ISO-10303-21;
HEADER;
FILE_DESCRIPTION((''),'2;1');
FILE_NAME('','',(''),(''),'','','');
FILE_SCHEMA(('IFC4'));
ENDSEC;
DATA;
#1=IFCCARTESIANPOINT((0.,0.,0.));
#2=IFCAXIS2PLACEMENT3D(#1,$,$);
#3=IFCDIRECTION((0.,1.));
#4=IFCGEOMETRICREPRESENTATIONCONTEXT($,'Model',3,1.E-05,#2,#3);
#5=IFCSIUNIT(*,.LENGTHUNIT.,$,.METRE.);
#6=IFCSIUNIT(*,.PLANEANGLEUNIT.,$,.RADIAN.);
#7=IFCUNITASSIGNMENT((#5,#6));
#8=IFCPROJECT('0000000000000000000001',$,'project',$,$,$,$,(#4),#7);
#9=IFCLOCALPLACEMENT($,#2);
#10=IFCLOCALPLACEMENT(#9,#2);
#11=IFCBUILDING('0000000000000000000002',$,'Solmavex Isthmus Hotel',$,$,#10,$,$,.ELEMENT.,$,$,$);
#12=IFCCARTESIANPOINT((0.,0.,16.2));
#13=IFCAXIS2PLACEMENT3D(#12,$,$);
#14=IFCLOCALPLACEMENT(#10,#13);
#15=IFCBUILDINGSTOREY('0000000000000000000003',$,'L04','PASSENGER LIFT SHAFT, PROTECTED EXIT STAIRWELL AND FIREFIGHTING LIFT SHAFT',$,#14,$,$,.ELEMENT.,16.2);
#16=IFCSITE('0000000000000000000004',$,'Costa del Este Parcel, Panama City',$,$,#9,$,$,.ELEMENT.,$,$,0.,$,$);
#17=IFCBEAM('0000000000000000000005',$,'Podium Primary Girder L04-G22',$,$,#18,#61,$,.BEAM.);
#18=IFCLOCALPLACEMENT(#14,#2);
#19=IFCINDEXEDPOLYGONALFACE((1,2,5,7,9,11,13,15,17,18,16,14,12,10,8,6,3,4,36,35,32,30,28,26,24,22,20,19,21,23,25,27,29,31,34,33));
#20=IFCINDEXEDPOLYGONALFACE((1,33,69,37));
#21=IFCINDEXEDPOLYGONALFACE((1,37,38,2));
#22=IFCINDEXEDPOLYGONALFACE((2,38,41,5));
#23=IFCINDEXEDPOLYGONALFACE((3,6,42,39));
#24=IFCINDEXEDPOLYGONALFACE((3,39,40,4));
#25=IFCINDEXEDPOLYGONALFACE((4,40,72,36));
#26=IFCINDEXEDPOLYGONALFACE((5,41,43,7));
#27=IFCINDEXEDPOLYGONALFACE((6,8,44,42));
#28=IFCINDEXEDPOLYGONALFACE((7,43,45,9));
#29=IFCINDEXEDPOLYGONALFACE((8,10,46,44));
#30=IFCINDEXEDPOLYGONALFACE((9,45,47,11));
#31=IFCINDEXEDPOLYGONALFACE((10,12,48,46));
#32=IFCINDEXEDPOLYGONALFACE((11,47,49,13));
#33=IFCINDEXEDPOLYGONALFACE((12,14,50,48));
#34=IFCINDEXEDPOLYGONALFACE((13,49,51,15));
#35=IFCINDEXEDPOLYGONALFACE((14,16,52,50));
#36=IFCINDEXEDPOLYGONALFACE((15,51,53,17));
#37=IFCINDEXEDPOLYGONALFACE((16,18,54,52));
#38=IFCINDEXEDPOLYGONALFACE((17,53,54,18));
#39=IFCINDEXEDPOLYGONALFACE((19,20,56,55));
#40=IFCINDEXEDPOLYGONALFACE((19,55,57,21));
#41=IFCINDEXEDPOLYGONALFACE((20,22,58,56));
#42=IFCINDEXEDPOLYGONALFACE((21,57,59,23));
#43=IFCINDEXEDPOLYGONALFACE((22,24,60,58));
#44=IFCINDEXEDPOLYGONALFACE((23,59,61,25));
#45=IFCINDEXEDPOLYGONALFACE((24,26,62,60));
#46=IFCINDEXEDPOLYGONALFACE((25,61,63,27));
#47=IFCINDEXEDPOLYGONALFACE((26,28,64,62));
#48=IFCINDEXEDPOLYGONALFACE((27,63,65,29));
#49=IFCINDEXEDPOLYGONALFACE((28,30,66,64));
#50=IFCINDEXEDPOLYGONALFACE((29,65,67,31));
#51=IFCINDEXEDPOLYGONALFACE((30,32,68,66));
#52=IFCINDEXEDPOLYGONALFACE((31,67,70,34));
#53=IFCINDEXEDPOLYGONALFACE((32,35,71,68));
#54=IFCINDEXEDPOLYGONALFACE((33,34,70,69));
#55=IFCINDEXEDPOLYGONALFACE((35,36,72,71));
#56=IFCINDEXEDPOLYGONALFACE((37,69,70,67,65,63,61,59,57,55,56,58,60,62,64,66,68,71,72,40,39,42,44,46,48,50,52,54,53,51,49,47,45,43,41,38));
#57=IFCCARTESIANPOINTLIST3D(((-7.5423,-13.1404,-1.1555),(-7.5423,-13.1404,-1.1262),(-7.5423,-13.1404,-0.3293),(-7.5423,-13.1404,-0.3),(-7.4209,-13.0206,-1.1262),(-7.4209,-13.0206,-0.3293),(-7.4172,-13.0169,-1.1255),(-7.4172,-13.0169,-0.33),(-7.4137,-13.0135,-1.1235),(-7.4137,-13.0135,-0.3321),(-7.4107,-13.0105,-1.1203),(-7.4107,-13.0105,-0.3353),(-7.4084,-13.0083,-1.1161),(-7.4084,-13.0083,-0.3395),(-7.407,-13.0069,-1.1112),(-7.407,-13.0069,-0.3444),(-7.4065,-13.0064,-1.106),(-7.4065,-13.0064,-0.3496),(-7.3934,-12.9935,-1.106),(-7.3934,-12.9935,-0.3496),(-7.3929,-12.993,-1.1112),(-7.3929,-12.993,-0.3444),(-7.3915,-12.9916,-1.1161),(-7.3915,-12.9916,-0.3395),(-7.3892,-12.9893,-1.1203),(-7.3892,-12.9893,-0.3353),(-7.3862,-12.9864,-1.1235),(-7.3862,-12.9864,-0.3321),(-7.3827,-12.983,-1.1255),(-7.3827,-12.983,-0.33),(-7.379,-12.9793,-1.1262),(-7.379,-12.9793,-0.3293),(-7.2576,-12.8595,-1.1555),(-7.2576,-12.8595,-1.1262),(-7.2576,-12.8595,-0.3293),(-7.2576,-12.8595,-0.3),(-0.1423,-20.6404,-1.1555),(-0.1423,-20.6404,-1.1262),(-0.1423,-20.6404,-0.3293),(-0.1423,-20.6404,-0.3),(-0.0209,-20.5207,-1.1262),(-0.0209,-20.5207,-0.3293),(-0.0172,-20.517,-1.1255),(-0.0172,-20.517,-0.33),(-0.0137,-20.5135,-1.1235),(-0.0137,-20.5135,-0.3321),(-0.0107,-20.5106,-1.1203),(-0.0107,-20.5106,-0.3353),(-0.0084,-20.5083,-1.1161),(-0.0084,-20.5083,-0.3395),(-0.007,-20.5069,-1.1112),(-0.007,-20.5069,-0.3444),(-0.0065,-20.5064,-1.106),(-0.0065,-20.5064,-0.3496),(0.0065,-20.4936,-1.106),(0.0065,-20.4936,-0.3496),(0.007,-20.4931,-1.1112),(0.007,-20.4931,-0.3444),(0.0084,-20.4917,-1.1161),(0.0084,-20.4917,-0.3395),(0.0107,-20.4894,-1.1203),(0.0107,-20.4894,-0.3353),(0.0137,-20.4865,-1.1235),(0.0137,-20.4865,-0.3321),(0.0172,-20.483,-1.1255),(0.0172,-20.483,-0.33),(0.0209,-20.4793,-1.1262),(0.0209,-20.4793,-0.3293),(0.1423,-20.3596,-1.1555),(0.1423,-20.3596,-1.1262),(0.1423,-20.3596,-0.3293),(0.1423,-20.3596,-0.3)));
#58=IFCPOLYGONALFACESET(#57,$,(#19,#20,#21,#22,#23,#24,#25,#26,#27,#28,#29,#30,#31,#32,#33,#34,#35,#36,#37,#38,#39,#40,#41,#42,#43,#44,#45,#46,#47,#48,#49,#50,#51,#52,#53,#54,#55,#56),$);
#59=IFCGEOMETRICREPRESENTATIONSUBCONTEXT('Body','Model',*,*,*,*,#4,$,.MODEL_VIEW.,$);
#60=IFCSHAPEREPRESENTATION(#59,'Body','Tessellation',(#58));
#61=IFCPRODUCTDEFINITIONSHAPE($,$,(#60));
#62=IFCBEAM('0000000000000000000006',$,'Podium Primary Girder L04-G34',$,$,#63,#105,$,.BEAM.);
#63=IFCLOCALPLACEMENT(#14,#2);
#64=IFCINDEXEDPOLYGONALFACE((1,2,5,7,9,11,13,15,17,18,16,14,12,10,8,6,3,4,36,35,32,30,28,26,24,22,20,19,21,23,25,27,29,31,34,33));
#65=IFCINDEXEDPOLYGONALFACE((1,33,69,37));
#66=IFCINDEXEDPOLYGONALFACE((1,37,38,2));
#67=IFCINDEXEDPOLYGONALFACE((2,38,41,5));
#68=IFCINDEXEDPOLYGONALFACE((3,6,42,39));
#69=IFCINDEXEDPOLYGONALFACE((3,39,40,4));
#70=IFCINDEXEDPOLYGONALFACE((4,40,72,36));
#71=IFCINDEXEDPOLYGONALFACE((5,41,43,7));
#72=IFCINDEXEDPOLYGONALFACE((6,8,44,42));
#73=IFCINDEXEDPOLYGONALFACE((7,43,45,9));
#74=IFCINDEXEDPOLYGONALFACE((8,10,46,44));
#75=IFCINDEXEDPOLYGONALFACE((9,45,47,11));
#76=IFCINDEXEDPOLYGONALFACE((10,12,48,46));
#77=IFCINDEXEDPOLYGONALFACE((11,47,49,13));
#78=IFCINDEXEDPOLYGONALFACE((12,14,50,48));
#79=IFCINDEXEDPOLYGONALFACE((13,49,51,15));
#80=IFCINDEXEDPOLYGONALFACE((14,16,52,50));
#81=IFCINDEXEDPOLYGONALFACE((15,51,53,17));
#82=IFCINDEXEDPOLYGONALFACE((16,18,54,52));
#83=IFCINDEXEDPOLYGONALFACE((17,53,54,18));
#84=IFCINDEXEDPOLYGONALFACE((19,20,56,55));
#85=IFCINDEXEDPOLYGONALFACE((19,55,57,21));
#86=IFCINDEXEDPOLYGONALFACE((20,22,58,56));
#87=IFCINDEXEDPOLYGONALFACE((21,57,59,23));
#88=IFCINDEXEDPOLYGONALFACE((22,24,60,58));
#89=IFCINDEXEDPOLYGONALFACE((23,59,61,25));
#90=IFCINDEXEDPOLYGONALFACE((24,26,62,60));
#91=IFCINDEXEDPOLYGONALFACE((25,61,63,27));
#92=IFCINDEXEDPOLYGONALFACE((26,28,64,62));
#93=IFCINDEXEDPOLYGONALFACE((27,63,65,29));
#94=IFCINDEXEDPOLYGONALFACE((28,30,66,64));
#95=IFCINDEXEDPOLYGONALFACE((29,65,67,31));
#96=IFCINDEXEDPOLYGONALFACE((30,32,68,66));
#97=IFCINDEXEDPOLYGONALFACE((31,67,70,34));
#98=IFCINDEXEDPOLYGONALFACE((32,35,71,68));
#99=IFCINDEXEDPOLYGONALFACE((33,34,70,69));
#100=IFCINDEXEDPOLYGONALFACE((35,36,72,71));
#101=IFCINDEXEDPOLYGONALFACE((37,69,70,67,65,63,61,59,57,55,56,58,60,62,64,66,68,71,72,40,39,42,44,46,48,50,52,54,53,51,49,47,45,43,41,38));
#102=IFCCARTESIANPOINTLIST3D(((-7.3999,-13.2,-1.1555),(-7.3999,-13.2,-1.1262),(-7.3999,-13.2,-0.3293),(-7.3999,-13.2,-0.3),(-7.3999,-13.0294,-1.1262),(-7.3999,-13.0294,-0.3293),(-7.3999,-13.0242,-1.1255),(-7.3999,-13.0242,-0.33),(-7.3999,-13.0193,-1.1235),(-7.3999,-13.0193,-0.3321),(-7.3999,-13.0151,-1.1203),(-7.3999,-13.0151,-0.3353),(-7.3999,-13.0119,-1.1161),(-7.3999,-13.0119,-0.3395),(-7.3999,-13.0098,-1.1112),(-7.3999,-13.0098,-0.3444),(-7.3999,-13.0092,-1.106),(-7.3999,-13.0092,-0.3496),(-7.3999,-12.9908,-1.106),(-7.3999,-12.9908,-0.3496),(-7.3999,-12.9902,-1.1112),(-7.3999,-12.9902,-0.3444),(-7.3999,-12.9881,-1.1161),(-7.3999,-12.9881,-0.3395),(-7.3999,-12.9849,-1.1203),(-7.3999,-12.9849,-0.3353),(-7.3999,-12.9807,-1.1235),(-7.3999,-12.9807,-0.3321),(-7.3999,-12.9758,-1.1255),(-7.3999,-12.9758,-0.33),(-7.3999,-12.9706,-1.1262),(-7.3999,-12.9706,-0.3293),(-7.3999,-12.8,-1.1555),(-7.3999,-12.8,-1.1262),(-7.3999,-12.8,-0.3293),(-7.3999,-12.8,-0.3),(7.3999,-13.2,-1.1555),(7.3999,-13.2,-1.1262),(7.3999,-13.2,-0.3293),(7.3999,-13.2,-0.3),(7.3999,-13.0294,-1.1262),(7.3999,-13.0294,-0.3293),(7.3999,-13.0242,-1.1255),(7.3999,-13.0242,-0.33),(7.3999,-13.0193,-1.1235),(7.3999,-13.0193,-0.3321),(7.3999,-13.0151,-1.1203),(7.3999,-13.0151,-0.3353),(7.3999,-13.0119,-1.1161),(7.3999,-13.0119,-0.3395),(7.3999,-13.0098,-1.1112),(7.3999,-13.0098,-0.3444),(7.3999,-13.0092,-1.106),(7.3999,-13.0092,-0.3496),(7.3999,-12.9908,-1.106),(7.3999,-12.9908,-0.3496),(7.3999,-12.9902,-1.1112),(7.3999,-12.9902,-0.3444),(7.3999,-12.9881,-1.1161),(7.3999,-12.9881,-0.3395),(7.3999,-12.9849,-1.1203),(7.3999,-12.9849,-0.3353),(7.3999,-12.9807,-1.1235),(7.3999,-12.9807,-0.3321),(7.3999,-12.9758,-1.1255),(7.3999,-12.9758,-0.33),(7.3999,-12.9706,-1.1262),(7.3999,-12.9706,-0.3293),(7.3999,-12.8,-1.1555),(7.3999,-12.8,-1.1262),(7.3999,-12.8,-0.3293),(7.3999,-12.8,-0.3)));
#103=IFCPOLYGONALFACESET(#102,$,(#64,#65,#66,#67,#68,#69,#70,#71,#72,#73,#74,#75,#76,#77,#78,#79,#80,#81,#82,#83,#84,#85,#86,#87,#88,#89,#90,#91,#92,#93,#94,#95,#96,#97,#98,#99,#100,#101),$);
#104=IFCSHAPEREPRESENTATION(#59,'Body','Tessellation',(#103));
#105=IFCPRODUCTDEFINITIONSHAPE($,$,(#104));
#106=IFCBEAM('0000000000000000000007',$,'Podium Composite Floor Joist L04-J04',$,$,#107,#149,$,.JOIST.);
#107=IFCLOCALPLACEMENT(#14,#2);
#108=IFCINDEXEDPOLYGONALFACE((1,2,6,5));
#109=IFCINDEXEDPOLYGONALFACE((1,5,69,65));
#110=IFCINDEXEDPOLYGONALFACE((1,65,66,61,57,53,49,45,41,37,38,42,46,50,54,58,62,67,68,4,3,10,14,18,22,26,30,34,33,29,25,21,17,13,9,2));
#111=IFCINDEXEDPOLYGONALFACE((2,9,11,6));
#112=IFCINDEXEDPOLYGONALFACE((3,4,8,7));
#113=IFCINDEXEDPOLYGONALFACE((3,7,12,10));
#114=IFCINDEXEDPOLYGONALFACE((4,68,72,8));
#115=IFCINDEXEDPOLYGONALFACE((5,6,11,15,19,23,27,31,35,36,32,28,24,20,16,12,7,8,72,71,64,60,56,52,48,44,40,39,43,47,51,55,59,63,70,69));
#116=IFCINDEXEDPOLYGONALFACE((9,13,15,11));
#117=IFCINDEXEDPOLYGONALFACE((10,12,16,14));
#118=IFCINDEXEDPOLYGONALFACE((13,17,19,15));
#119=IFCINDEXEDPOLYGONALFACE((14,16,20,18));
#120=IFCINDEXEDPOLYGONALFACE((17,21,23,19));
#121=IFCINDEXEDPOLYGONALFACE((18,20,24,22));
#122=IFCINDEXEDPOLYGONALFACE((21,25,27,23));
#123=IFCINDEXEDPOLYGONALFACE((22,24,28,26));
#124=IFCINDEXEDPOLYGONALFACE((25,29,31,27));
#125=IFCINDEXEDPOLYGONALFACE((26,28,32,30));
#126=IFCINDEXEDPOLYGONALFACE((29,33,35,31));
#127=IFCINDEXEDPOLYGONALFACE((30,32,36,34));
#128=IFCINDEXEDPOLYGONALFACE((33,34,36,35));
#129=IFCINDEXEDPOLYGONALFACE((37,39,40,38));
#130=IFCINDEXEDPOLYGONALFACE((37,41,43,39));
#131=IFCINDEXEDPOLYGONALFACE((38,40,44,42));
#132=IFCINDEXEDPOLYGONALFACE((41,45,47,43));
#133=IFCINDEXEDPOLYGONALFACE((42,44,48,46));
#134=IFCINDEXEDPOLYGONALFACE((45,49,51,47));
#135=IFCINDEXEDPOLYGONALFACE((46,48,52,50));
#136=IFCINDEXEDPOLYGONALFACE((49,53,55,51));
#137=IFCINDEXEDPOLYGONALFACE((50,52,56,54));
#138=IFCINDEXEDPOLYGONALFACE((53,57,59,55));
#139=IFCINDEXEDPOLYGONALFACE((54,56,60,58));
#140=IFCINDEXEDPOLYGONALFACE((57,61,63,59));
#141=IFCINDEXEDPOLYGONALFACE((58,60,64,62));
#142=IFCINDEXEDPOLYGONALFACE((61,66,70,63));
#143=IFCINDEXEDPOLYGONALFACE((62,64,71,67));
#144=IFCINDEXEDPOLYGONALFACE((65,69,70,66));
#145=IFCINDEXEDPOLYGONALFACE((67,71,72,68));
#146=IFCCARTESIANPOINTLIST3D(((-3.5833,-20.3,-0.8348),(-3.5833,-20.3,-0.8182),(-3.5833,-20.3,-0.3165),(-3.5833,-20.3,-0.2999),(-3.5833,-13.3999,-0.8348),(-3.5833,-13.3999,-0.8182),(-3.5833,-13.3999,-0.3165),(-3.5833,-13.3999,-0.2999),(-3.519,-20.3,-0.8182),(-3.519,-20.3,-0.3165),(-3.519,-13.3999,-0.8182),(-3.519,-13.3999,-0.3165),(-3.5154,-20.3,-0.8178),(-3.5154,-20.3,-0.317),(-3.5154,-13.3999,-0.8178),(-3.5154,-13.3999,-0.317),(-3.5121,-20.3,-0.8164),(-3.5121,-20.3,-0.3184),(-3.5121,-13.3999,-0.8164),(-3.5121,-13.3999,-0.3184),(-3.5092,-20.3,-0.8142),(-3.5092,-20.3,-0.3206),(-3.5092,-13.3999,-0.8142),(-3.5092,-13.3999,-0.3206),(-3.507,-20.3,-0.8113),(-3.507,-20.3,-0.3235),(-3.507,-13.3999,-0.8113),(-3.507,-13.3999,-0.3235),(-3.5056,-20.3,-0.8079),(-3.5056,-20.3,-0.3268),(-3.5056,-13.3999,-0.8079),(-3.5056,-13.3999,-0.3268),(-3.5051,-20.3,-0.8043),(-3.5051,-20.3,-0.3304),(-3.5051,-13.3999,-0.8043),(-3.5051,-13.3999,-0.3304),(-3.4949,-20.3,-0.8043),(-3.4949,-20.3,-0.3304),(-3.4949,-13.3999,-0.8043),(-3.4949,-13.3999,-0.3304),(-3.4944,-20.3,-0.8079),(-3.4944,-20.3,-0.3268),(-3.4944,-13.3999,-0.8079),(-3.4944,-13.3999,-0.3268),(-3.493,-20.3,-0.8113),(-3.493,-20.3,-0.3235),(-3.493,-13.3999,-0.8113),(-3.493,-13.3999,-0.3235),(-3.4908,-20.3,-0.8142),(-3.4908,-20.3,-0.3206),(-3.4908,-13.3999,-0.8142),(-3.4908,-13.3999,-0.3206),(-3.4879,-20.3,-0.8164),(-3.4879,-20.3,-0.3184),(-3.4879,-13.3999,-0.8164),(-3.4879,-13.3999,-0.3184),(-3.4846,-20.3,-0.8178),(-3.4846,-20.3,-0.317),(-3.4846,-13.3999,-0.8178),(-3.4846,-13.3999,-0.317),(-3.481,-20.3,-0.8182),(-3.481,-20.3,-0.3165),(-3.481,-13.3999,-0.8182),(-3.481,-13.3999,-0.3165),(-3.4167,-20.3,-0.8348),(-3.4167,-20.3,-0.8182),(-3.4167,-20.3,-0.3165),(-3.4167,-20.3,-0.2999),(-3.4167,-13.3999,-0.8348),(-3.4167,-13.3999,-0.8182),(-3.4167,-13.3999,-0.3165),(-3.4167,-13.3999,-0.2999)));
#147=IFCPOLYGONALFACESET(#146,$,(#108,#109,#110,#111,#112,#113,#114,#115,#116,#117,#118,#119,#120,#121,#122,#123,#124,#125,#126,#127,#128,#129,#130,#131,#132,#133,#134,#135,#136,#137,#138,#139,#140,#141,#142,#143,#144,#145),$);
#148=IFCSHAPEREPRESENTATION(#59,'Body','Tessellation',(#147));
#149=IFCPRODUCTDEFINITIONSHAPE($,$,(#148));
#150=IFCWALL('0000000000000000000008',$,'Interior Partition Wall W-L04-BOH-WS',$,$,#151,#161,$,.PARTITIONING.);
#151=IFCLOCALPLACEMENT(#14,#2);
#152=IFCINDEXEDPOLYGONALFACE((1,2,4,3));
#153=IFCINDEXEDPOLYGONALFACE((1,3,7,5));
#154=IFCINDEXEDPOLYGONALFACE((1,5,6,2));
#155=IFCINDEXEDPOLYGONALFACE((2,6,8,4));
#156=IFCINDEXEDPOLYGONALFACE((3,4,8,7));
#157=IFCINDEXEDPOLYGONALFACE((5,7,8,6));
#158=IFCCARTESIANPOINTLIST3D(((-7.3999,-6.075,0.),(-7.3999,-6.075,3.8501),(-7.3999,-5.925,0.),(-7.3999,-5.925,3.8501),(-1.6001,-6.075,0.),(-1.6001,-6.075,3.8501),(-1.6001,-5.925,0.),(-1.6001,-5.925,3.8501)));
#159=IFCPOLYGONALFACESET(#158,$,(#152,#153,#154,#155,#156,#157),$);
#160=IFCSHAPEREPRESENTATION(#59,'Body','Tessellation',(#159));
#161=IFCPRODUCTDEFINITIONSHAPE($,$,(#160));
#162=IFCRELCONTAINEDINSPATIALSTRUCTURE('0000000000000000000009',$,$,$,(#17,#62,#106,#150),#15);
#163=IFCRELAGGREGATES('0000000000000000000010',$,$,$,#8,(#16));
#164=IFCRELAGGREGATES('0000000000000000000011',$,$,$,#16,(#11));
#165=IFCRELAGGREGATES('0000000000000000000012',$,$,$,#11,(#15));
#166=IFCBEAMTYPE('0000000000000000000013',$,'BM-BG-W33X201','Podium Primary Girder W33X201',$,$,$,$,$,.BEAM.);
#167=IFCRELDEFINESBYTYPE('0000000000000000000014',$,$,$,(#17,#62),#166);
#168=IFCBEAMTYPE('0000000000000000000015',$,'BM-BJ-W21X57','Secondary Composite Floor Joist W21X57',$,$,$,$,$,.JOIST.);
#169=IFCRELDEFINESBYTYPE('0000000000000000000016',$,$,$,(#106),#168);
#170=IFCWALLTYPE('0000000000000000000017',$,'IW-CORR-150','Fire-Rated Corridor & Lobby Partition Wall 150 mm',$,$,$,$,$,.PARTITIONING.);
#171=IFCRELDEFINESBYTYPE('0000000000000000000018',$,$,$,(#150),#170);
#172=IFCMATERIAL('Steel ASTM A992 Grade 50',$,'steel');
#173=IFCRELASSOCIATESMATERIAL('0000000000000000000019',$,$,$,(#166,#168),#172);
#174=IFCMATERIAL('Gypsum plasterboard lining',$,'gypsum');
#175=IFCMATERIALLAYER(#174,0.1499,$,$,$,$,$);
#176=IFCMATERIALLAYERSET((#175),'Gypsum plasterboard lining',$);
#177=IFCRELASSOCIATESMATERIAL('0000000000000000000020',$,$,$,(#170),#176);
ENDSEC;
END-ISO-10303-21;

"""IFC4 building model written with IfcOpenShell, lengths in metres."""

from ifc_helpers import new_model, si_unit, direction, frame, frame_2d, origin, origin_2d, place, context, subcontext, project, spatial, rectangle, i_section, extrude, material, layer, layer_set, material_profile, profile_set, type_object, element, save


model = new_model("IFC4")

# Units and contexts
model_context = context("Model", 3, precision=1e-05, world=origin(), true_north=direction((0.0, 1.0)))
body_context = subcontext(model_context, "Body", "Model", "MODEL_VIEW")
ifc_project = project(units=[si_unit("LENGTHUNIT", "METRE"), si_unit("PLANEANGLEUNIT", "RADIAN")], contexts=[model_context])

# Site, building, storey
site_placement = place(None, origin())
site = spatial("IfcSite", under=ifc_project, at=site_placement, Name="Costa del Este Parcel, Panama City", CompositionType="ELEMENT", RefElevation=0.0)
building_placement = place(site_placement, origin())
building = spatial("IfcBuilding", under=site, at=building_placement, Name="Solmavex Isthmus Hotel", CompositionType="ELEMENT")
storey_placement = place(building_placement, frame((0.0, 0.0, 16.2)))
storey = spatial("IfcBuildingStorey", under=building, at=storey_placement, Name="L04", Description="PASSENGER LIFT SHAFT, PROTECTED EXIT STAIRWELL AND FIREFIGHTING LIFT SHAFT", CompositionType="ELEMENT", Elevation=16.2)

# Beams
ifc_material_1 = material(Name="Steel ASTM A992 Grade 50", Category="steel")
ifc_material_profile_1 = material_profile(ifc_material_1, i_section(OverallWidth=0.3999, OverallDepth=0.8555, WebThickness=0.0183, FlangeThickness=0.0293, FilletRadius=0.0203, at=origin_2d()), Name="W33X201")
ifc_profile_set_1 = profile_set([ifc_material_profile_1], Name="Steel ASTM A992 Grade 50")
beam_type_1 = type_object("IfcBeamType", Name="BM-BG-W33X201", Description="Podium Primary Girder W33X201", PredefinedType="BEAM", material=ifc_profile_set_1)
beam_1_placement = place(storey_placement, frame((0.0, -20.5, -0.7278), z_axis=(-0.702341, 0.711841, 0.0), x_axis=(-0.711841, -0.702341, 0.0)))
element("IfcBeam", 1, at=beam_1_placement, inside=storey, type_object=beam_type_1, Name="Podium Primary Girder L04-G22", PredefinedType="BEAM", context=body_context, shape_type="SweptSolid", body=[
    extrude(i_section(OverallWidth=0.3999, OverallDepth=0.8555, WebThickness=0.0183, FlangeThickness=0.0293, FilletRadius=0.0203, at=origin_2d()), origin(), (0.0, 0.0, 1.0), 10.5361),
])
beam_2_placement = place(storey_placement, frame((-7.3999, -13.0, -0.7278), z_axis=(1.0, 0.0, 0.0), x_axis=(0.0, 1.0, 0.0)))
element("IfcBeam", 2, at=beam_2_placement, inside=storey, type_object=beam_type_1, Name="Podium Primary Girder L04-G34", PredefinedType="BEAM", context=body_context, shape_type="SweptSolid", body=[
    extrude(i_section(OverallWidth=0.3999, OverallDepth=0.8555, WebThickness=0.0183, FlangeThickness=0.0293, FilletRadius=0.0203, at=origin_2d()), origin(), (0.0, 0.0, 1.0), 14.7998),
])
ifc_material_profile_2 = material_profile(ifc_material_1, i_section(OverallWidth=0.1665, OverallDepth=0.5349, WebThickness=0.0103, FlangeThickness=0.0166, FilletRadius=0.0139, at=origin_2d()), Name="W21X57")
ifc_profile_set_2 = profile_set([ifc_material_profile_2], Name="Steel ASTM A992 Grade 50")
beam_type_2 = type_object("IfcBeamType", Name="BM-BJ-W21X57", Description="Secondary Composite Floor Joist W21X57", PredefinedType="JOIST", material=ifc_profile_set_2)
beam_3_placement = place(storey_placement, frame((-3.5, -20.3, -0.5674), z_axis=(0.0, 1.0, 0.0), x_axis=(-1.0, 0.0, 0.0)))
element("IfcBeam", 3, at=beam_3_placement, inside=storey, type_object=beam_type_2, Name="Podium Composite Floor Joist L04-J04", PredefinedType="JOIST", context=body_context, shape_type="SweptSolid", body=[
    extrude(i_section(OverallWidth=0.1665, OverallDepth=0.5349, WebThickness=0.0103, FlangeThickness=0.0166, FilletRadius=0.0139, at=origin_2d()), origin(), (0.0, 0.0, 1.0), 6.9001),
])

# Wall
ifc_material_2 = material(Name="Gypsum plasterboard lining", Category="gypsum")
ifc_layer_1 = layer(ifc_material_2, 0.1499)
ifc_layer_set_1 = layer_set([ifc_layer_1], Name="Gypsum plasterboard lining")
wall_type_1 = type_object("IfcWallType", Name="IW-CORR-150", Description="Fire-Rated Corridor & Lobby Partition Wall 150 mm", PredefinedType="PARTITIONING", material=ifc_layer_set_1)
wall_1_placement = place(storey_placement, frame((-7.3999, -6.0, 0.0), z_axis=(0.0, 0.0, 1.0), x_axis=(1.0, 0.0, 0.0)))
element("IfcWall", 4, at=wall_1_placement, inside=storey, type_object=wall_type_1, Name="Interior Partition Wall W-L04-BOH-WS", PredefinedType="PARTITIONING", context=body_context, shape_type="SweptSolid", body=[
    extrude(rectangle(XDim=5.7998, YDim=0.1499, at=frame_2d((2.8999, 0.0))), origin(), (0.0, 0.0, 1.0), 3.8501),
])

save(model, "model.ifc")
